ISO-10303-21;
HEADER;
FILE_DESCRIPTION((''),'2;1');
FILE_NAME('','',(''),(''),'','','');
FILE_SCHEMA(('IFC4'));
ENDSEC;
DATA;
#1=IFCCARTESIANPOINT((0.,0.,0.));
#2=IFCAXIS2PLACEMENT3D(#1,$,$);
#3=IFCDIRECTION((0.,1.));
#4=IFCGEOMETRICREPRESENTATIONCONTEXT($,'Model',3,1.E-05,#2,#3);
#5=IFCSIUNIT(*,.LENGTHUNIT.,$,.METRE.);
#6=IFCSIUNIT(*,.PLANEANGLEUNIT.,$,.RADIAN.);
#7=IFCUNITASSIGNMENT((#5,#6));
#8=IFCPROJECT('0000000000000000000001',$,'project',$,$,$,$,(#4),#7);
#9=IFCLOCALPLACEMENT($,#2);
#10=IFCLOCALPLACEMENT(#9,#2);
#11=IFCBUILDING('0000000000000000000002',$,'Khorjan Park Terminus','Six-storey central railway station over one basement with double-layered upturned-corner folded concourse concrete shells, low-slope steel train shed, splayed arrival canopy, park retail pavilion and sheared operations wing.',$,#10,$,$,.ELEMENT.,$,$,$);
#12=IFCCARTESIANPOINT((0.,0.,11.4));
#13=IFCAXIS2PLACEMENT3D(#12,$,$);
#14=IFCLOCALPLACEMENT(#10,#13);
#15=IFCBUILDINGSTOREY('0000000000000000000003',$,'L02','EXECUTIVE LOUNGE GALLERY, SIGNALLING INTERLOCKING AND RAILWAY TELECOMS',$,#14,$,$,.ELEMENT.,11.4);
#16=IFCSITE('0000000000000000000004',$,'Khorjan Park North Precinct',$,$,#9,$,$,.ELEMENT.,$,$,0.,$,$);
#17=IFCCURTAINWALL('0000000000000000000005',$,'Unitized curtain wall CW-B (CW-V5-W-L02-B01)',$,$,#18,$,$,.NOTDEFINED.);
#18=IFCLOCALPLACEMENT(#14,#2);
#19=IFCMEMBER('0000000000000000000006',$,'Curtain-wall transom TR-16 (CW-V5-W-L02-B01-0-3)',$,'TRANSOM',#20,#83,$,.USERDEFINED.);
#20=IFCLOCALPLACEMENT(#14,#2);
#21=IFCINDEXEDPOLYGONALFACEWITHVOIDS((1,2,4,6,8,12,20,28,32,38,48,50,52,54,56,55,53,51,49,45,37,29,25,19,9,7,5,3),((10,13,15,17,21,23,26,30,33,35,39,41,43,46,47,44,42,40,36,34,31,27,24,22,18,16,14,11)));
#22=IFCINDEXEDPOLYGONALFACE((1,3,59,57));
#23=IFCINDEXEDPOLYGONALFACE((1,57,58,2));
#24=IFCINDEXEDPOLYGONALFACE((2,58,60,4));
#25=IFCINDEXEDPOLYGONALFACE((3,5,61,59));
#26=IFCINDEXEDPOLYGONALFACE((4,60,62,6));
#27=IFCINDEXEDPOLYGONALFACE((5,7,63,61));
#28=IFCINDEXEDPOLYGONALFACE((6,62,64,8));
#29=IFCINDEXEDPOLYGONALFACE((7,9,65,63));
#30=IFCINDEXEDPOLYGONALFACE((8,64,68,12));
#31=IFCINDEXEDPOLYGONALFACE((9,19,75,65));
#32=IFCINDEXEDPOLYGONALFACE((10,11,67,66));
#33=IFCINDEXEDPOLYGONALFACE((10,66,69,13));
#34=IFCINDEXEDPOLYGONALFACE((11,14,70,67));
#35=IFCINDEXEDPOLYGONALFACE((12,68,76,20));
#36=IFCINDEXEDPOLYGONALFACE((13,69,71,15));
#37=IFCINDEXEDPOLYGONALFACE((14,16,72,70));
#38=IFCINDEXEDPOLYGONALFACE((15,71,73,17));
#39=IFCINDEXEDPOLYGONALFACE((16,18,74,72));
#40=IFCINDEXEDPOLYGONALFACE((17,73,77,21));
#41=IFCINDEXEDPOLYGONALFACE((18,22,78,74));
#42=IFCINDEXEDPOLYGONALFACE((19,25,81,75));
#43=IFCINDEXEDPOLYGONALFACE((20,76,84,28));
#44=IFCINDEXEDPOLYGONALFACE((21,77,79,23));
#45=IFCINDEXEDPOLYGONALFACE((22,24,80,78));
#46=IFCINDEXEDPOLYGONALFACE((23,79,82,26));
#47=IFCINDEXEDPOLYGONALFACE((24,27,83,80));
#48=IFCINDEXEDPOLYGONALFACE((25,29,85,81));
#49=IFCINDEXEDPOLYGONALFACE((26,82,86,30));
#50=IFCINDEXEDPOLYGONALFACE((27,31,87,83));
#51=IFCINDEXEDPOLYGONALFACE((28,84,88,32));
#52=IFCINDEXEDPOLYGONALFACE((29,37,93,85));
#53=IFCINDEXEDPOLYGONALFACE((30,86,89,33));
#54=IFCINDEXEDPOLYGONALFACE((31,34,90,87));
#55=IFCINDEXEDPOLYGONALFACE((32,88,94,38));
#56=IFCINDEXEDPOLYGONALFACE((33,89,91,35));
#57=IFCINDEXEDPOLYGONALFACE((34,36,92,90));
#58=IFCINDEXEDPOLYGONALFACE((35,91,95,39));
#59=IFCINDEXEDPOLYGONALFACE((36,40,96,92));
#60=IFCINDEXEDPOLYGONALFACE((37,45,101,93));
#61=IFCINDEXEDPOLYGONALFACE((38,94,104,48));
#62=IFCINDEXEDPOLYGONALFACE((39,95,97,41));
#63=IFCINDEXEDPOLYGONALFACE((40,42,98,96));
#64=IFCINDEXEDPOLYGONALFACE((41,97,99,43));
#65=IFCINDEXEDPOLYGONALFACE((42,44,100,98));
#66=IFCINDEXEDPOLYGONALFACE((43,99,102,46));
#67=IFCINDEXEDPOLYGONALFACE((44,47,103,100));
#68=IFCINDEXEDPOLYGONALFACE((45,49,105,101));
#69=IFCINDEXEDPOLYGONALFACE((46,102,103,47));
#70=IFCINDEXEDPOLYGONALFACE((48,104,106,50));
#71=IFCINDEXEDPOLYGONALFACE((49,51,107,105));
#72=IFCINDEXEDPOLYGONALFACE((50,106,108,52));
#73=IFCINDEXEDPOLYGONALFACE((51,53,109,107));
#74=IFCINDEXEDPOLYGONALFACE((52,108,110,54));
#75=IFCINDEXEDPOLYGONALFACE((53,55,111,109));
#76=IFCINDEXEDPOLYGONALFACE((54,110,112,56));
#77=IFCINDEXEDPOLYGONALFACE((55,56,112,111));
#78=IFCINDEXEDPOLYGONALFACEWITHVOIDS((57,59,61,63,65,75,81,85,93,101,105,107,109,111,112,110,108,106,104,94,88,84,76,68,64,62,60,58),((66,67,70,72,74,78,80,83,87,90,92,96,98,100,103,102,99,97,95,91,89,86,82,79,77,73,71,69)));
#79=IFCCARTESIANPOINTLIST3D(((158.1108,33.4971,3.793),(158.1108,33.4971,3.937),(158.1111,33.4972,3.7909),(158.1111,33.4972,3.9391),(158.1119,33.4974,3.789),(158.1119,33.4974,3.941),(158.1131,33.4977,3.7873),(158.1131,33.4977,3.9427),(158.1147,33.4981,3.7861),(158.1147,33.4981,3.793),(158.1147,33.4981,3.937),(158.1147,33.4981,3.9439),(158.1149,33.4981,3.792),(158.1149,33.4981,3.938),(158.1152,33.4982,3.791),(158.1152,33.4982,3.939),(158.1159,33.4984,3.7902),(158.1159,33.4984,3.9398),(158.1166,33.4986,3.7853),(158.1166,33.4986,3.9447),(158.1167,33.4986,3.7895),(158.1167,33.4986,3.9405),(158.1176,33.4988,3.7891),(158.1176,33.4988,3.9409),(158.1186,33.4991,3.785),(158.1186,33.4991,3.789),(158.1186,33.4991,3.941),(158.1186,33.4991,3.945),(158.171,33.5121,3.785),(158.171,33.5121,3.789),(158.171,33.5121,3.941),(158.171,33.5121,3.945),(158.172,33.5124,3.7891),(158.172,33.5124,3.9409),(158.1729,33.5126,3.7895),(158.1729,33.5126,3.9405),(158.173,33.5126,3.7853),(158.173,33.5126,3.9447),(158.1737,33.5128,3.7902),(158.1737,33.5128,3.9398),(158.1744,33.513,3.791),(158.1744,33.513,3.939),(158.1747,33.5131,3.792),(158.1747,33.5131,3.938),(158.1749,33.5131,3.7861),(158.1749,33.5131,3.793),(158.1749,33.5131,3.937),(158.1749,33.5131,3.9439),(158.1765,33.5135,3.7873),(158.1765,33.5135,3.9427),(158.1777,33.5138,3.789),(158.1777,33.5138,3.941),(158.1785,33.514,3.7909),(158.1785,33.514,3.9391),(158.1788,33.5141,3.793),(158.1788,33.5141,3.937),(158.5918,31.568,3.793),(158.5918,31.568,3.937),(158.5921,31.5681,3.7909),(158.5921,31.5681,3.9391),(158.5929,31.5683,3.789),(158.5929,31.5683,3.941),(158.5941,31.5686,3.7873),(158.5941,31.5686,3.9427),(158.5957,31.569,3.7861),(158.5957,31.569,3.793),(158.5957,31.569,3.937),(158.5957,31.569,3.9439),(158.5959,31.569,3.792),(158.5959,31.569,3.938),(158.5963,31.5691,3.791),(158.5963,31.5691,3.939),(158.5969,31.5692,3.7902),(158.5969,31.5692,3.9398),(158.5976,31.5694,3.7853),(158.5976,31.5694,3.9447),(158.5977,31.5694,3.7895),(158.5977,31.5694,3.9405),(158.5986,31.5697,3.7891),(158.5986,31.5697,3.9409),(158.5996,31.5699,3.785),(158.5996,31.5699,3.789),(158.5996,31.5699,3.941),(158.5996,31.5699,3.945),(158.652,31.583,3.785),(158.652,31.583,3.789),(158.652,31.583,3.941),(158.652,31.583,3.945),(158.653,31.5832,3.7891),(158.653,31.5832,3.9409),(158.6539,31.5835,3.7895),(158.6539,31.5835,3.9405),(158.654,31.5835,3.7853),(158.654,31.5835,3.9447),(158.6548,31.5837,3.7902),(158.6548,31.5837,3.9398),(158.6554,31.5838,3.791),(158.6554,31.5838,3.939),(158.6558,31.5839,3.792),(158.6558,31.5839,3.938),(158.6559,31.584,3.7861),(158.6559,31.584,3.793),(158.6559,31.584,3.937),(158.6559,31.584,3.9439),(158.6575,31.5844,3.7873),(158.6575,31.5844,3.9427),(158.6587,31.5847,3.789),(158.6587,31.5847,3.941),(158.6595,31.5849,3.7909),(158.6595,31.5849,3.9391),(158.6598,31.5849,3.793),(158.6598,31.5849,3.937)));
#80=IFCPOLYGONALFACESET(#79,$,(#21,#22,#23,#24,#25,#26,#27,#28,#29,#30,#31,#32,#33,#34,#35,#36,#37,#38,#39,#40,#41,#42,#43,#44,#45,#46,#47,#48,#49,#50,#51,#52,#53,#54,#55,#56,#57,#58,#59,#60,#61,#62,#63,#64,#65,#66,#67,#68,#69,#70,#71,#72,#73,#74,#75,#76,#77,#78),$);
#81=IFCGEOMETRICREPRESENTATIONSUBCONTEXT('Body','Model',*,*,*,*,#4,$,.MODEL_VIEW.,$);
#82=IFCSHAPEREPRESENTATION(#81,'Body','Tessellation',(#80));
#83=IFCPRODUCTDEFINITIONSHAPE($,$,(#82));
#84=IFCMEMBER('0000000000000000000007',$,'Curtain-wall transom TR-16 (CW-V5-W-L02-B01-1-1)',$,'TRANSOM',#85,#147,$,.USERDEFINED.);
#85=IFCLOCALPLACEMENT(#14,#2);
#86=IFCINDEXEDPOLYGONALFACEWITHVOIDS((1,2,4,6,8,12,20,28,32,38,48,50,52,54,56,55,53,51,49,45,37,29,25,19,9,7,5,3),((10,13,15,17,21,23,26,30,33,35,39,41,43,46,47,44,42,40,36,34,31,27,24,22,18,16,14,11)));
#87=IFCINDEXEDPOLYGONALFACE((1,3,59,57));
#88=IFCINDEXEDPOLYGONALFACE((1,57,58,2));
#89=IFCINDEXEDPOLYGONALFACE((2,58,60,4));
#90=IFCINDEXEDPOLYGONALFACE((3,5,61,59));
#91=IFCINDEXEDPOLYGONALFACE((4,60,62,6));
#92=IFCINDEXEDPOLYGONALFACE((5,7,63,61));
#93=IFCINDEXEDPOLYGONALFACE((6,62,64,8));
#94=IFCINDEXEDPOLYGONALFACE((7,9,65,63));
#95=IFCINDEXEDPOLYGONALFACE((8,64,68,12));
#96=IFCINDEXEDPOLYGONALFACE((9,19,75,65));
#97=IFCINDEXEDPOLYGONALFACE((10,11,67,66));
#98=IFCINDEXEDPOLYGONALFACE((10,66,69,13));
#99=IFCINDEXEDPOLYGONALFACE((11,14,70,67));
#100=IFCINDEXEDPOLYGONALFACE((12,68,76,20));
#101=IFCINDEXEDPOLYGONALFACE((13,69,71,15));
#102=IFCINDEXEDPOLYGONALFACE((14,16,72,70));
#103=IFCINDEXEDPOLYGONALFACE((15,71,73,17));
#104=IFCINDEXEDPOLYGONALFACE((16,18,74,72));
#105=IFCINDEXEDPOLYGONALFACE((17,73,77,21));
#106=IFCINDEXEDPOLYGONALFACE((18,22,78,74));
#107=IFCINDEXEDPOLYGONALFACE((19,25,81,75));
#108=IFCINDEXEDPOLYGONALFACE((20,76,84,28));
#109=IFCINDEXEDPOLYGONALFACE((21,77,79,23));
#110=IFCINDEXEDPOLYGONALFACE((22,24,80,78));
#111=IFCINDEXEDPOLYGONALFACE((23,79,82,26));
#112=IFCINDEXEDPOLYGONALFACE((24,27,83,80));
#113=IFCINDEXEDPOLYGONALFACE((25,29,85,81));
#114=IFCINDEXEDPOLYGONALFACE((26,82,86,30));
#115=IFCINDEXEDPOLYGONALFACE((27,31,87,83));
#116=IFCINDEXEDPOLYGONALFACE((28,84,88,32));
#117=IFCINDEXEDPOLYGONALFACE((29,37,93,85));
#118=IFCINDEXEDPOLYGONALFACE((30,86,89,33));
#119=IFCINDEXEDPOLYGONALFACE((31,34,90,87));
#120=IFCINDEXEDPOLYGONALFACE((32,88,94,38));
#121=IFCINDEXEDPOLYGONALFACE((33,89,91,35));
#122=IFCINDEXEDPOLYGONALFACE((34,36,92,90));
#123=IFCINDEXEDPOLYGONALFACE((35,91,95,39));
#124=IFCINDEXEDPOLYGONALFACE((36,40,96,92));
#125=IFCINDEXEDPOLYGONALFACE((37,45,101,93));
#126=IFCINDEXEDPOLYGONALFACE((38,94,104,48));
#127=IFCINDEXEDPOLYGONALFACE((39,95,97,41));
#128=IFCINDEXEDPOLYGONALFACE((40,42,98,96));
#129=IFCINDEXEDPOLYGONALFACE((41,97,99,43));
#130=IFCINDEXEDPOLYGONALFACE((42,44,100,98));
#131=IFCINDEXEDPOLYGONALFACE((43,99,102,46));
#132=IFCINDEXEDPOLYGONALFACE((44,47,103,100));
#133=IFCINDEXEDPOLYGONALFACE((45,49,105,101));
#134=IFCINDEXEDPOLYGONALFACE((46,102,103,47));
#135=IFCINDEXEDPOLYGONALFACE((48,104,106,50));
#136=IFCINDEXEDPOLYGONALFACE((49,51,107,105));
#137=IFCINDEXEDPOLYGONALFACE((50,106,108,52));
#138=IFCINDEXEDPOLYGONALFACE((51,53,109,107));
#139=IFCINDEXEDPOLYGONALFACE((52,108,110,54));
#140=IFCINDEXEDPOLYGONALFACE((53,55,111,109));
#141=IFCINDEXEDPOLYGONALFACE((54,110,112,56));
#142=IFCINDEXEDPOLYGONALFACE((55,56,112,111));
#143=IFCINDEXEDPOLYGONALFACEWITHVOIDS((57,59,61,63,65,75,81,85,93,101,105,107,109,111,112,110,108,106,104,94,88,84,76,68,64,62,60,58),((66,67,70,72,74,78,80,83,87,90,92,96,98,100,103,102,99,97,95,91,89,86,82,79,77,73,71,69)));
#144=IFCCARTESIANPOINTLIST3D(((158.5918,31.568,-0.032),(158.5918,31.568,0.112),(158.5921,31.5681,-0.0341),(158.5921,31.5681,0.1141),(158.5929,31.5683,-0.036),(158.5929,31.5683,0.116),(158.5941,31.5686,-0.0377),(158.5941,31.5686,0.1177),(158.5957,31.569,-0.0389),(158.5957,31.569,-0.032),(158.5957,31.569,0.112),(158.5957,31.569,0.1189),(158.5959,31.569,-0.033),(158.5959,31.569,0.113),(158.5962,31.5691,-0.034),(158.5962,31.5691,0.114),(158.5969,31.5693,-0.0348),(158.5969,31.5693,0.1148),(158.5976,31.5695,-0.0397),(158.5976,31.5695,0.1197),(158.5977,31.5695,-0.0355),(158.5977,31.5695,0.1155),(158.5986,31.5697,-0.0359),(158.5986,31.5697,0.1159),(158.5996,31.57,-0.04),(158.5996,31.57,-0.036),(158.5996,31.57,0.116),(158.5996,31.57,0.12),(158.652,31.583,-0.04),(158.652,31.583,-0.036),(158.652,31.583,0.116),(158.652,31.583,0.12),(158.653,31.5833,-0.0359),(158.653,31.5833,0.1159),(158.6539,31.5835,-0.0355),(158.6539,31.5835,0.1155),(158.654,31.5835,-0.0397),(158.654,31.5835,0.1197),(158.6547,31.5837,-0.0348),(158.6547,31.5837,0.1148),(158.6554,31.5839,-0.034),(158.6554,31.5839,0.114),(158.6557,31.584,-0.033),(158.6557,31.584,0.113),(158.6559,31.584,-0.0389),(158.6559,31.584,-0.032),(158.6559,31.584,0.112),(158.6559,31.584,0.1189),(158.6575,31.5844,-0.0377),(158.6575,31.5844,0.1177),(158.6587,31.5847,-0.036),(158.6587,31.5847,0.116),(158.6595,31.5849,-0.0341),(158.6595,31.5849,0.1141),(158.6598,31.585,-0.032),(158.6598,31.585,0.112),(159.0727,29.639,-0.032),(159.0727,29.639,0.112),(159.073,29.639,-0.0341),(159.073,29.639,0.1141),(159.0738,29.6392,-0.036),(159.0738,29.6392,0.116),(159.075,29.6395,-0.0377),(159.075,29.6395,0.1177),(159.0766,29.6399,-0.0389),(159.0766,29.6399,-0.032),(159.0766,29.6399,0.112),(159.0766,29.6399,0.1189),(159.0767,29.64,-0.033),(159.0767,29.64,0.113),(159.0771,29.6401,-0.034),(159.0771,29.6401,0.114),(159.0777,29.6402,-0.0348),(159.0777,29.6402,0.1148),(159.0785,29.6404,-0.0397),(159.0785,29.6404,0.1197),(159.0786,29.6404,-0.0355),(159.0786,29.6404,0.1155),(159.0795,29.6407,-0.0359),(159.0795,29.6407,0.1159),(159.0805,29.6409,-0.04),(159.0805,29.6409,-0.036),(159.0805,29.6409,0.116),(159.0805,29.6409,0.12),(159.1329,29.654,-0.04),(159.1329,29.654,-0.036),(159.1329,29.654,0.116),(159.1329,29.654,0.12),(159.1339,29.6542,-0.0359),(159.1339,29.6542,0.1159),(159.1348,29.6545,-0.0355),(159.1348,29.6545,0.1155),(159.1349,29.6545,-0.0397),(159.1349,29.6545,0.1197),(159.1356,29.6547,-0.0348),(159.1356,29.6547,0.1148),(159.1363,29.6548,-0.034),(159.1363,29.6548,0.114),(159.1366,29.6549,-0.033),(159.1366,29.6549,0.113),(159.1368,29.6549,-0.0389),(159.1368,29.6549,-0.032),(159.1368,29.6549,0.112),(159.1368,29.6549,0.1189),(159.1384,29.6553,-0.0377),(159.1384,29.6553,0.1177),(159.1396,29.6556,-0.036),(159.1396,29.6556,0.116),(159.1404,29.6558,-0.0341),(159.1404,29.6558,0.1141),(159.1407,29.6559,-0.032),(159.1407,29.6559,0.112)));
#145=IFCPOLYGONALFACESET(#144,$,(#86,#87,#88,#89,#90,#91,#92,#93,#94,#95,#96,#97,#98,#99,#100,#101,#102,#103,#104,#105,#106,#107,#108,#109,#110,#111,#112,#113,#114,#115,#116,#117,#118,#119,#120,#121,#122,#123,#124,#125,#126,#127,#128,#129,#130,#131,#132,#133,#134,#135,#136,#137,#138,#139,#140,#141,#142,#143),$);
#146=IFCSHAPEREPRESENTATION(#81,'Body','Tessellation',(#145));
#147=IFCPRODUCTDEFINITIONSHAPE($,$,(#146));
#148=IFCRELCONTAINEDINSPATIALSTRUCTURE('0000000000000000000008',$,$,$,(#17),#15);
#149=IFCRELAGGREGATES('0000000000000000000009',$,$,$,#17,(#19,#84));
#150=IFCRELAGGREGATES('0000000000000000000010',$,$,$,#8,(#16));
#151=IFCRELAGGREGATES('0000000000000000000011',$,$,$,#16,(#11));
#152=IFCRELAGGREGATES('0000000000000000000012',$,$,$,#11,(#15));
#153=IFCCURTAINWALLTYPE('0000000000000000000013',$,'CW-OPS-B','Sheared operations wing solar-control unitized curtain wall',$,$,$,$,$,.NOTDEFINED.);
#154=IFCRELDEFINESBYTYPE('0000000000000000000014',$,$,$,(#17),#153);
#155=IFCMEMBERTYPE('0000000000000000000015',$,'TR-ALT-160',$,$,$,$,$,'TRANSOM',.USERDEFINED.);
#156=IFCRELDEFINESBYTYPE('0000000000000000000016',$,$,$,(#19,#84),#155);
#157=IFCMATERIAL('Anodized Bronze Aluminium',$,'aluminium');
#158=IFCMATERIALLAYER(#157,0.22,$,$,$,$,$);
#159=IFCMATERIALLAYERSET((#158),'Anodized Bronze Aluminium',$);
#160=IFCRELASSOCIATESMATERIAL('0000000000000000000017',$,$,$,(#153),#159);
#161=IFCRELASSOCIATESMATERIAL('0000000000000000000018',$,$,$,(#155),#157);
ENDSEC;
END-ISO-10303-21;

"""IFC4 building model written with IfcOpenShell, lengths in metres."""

from ifc_helpers import new_model, si_unit, direction, frame, origin, origin_2d, place, context, subcontext, project, spatial, hollow_rectangle, extrude, material, layer, layer_set, material_profile, profile_set, type_object, element, aggregate, save


model = new_model("IFC4")

# Units and contexts
model_context = context("Model", 3, precision=1e-05, world=origin(), true_north=direction((0.0, 1.0)))
body_context = subcontext(model_context, "Body", "Model", "MODEL_VIEW")
ifc_project = project(units=[si_unit("LENGTHUNIT", "METRE"), si_unit("PLANEANGLEUNIT", "RADIAN")], contexts=[model_context])

# Site, building, storey
site_placement = place(None, origin())
site = spatial("IfcSite", under=ifc_project, at=site_placement, Name="Khorjan Park North Precinct", CompositionType="ELEMENT", RefElevation=0.0)
building_placement = place(site_placement, origin())
building = spatial("IfcBuilding", under=site, at=building_placement, Name="Khorjan Park Terminus", Description="Six-storey central railway station over one basement with double-layered upturned-corner folded concourse concrete shells, low-slope steel train shed, splayed arrival canopy, park retail pavilion and sheared operations wing.", CompositionType="ELEMENT")
storey_placement = place(building_placement, frame((0.0, 0.0, 11.4)))
storey = spatial("IfcBuildingStorey", under=building, at=storey_placement, Name="L02", Description="EXECUTIVE LOUNGE GALLERY, SIGNALLING INTERLOCKING AND RAILWAY TELECOMS", CompositionType="ELEMENT", Elevation=11.4)

# Curtain wall
ifc_material_1 = material(Name="Anodized Bronze Aluminium", Category="aluminium")
ifc_layer_1 = layer(ifc_material_1, 0.22)
ifc_layer_set_1 = layer_set([ifc_layer_1], Name="Anodized Bronze Aluminium")
curtain_wall_type = type_object("IfcCurtainWallType", Name="CW-OPS-B", Description="Sheared operations wing solar-control unitized curtain wall", PredefinedType="NOTDEFINED", material=ifc_layer_set_1)
curtain_wall_placement = place(storey_placement, origin())
curtain_wall = element("IfcCurtainWall", 1, at=curtain_wall_placement, inside=storey, type_object=curtain_wall_type, Name="Unitized curtain wall CW-B (CW-V5-W-L02-B01)", PredefinedType="NOTDEFINED")

# Members
ifc_material_profile_1 = material_profile(ifc_material_1, hollow_rectangle(XDim=0.07, YDim=0.16, WallThickness=0.004, InnerFilletRadius=0.004, OuterFilletRadius=0.008, at=origin_2d()), Name="ALT 70x160x4")
ifc_profile_set_1 = profile_set([ifc_material_profile_1], Name="Anodized Bronze Aluminium")
member_type_1 = type_object("IfcMemberType", Name="TR-ALT-160", ElementType="TRANSOM", PredefinedType="USERDEFINED", material=ifc_profile_set_1)
member_1_placement = place(storey_placement, frame((158.1448, 33.5056, 3.865), z_axis=(0.241932, -0.970293, 0.0), x_axis=(0.970293, 0.241932, 0.0)))
member_1 = element("IfcMember", 2, at=member_1_placement, type_object=member_type_1, Name="Curtain-wall transom TR-16 (CW-V5-W-L02-B01-0-3)", ObjectType="TRANSOM", PredefinedType="USERDEFINED", context=body_context, shape_type="SweptSolid", body=[
    extrude(hollow_rectangle(XDim=0.07, YDim=0.16, WallThickness=0.004, InnerFilletRadius=0.004, OuterFilletRadius=0.008, at=origin_2d()), origin(), (0.0, 0.0, 1.0), 1.9882),
])
member_2_placement = place(storey_placement, frame((158.6258, 31.5765, 0.04), z_axis=(0.241885, -0.970305, 0.0), x_axis=(0.970305, 0.241885, 0.0)))
member_2 = element("IfcMember", 3, at=member_2_placement, type_object=member_type_1, Name="Curtain-wall transom TR-16 (CW-V5-W-L02-B01-1-1)", ObjectType="TRANSOM", PredefinedType="USERDEFINED", context=body_context, shape_type="SweptSolid", body=[
    extrude(hollow_rectangle(XDim=0.07, YDim=0.16, WallThickness=0.004, InnerFilletRadius=0.004, OuterFilletRadius=0.008, at=origin_2d()), origin(), (0.0, 0.0, 1.0), 1.9881),
])

aggregate(curtain_wall, [member_1, member_2])

save(model, "model.ifc")
